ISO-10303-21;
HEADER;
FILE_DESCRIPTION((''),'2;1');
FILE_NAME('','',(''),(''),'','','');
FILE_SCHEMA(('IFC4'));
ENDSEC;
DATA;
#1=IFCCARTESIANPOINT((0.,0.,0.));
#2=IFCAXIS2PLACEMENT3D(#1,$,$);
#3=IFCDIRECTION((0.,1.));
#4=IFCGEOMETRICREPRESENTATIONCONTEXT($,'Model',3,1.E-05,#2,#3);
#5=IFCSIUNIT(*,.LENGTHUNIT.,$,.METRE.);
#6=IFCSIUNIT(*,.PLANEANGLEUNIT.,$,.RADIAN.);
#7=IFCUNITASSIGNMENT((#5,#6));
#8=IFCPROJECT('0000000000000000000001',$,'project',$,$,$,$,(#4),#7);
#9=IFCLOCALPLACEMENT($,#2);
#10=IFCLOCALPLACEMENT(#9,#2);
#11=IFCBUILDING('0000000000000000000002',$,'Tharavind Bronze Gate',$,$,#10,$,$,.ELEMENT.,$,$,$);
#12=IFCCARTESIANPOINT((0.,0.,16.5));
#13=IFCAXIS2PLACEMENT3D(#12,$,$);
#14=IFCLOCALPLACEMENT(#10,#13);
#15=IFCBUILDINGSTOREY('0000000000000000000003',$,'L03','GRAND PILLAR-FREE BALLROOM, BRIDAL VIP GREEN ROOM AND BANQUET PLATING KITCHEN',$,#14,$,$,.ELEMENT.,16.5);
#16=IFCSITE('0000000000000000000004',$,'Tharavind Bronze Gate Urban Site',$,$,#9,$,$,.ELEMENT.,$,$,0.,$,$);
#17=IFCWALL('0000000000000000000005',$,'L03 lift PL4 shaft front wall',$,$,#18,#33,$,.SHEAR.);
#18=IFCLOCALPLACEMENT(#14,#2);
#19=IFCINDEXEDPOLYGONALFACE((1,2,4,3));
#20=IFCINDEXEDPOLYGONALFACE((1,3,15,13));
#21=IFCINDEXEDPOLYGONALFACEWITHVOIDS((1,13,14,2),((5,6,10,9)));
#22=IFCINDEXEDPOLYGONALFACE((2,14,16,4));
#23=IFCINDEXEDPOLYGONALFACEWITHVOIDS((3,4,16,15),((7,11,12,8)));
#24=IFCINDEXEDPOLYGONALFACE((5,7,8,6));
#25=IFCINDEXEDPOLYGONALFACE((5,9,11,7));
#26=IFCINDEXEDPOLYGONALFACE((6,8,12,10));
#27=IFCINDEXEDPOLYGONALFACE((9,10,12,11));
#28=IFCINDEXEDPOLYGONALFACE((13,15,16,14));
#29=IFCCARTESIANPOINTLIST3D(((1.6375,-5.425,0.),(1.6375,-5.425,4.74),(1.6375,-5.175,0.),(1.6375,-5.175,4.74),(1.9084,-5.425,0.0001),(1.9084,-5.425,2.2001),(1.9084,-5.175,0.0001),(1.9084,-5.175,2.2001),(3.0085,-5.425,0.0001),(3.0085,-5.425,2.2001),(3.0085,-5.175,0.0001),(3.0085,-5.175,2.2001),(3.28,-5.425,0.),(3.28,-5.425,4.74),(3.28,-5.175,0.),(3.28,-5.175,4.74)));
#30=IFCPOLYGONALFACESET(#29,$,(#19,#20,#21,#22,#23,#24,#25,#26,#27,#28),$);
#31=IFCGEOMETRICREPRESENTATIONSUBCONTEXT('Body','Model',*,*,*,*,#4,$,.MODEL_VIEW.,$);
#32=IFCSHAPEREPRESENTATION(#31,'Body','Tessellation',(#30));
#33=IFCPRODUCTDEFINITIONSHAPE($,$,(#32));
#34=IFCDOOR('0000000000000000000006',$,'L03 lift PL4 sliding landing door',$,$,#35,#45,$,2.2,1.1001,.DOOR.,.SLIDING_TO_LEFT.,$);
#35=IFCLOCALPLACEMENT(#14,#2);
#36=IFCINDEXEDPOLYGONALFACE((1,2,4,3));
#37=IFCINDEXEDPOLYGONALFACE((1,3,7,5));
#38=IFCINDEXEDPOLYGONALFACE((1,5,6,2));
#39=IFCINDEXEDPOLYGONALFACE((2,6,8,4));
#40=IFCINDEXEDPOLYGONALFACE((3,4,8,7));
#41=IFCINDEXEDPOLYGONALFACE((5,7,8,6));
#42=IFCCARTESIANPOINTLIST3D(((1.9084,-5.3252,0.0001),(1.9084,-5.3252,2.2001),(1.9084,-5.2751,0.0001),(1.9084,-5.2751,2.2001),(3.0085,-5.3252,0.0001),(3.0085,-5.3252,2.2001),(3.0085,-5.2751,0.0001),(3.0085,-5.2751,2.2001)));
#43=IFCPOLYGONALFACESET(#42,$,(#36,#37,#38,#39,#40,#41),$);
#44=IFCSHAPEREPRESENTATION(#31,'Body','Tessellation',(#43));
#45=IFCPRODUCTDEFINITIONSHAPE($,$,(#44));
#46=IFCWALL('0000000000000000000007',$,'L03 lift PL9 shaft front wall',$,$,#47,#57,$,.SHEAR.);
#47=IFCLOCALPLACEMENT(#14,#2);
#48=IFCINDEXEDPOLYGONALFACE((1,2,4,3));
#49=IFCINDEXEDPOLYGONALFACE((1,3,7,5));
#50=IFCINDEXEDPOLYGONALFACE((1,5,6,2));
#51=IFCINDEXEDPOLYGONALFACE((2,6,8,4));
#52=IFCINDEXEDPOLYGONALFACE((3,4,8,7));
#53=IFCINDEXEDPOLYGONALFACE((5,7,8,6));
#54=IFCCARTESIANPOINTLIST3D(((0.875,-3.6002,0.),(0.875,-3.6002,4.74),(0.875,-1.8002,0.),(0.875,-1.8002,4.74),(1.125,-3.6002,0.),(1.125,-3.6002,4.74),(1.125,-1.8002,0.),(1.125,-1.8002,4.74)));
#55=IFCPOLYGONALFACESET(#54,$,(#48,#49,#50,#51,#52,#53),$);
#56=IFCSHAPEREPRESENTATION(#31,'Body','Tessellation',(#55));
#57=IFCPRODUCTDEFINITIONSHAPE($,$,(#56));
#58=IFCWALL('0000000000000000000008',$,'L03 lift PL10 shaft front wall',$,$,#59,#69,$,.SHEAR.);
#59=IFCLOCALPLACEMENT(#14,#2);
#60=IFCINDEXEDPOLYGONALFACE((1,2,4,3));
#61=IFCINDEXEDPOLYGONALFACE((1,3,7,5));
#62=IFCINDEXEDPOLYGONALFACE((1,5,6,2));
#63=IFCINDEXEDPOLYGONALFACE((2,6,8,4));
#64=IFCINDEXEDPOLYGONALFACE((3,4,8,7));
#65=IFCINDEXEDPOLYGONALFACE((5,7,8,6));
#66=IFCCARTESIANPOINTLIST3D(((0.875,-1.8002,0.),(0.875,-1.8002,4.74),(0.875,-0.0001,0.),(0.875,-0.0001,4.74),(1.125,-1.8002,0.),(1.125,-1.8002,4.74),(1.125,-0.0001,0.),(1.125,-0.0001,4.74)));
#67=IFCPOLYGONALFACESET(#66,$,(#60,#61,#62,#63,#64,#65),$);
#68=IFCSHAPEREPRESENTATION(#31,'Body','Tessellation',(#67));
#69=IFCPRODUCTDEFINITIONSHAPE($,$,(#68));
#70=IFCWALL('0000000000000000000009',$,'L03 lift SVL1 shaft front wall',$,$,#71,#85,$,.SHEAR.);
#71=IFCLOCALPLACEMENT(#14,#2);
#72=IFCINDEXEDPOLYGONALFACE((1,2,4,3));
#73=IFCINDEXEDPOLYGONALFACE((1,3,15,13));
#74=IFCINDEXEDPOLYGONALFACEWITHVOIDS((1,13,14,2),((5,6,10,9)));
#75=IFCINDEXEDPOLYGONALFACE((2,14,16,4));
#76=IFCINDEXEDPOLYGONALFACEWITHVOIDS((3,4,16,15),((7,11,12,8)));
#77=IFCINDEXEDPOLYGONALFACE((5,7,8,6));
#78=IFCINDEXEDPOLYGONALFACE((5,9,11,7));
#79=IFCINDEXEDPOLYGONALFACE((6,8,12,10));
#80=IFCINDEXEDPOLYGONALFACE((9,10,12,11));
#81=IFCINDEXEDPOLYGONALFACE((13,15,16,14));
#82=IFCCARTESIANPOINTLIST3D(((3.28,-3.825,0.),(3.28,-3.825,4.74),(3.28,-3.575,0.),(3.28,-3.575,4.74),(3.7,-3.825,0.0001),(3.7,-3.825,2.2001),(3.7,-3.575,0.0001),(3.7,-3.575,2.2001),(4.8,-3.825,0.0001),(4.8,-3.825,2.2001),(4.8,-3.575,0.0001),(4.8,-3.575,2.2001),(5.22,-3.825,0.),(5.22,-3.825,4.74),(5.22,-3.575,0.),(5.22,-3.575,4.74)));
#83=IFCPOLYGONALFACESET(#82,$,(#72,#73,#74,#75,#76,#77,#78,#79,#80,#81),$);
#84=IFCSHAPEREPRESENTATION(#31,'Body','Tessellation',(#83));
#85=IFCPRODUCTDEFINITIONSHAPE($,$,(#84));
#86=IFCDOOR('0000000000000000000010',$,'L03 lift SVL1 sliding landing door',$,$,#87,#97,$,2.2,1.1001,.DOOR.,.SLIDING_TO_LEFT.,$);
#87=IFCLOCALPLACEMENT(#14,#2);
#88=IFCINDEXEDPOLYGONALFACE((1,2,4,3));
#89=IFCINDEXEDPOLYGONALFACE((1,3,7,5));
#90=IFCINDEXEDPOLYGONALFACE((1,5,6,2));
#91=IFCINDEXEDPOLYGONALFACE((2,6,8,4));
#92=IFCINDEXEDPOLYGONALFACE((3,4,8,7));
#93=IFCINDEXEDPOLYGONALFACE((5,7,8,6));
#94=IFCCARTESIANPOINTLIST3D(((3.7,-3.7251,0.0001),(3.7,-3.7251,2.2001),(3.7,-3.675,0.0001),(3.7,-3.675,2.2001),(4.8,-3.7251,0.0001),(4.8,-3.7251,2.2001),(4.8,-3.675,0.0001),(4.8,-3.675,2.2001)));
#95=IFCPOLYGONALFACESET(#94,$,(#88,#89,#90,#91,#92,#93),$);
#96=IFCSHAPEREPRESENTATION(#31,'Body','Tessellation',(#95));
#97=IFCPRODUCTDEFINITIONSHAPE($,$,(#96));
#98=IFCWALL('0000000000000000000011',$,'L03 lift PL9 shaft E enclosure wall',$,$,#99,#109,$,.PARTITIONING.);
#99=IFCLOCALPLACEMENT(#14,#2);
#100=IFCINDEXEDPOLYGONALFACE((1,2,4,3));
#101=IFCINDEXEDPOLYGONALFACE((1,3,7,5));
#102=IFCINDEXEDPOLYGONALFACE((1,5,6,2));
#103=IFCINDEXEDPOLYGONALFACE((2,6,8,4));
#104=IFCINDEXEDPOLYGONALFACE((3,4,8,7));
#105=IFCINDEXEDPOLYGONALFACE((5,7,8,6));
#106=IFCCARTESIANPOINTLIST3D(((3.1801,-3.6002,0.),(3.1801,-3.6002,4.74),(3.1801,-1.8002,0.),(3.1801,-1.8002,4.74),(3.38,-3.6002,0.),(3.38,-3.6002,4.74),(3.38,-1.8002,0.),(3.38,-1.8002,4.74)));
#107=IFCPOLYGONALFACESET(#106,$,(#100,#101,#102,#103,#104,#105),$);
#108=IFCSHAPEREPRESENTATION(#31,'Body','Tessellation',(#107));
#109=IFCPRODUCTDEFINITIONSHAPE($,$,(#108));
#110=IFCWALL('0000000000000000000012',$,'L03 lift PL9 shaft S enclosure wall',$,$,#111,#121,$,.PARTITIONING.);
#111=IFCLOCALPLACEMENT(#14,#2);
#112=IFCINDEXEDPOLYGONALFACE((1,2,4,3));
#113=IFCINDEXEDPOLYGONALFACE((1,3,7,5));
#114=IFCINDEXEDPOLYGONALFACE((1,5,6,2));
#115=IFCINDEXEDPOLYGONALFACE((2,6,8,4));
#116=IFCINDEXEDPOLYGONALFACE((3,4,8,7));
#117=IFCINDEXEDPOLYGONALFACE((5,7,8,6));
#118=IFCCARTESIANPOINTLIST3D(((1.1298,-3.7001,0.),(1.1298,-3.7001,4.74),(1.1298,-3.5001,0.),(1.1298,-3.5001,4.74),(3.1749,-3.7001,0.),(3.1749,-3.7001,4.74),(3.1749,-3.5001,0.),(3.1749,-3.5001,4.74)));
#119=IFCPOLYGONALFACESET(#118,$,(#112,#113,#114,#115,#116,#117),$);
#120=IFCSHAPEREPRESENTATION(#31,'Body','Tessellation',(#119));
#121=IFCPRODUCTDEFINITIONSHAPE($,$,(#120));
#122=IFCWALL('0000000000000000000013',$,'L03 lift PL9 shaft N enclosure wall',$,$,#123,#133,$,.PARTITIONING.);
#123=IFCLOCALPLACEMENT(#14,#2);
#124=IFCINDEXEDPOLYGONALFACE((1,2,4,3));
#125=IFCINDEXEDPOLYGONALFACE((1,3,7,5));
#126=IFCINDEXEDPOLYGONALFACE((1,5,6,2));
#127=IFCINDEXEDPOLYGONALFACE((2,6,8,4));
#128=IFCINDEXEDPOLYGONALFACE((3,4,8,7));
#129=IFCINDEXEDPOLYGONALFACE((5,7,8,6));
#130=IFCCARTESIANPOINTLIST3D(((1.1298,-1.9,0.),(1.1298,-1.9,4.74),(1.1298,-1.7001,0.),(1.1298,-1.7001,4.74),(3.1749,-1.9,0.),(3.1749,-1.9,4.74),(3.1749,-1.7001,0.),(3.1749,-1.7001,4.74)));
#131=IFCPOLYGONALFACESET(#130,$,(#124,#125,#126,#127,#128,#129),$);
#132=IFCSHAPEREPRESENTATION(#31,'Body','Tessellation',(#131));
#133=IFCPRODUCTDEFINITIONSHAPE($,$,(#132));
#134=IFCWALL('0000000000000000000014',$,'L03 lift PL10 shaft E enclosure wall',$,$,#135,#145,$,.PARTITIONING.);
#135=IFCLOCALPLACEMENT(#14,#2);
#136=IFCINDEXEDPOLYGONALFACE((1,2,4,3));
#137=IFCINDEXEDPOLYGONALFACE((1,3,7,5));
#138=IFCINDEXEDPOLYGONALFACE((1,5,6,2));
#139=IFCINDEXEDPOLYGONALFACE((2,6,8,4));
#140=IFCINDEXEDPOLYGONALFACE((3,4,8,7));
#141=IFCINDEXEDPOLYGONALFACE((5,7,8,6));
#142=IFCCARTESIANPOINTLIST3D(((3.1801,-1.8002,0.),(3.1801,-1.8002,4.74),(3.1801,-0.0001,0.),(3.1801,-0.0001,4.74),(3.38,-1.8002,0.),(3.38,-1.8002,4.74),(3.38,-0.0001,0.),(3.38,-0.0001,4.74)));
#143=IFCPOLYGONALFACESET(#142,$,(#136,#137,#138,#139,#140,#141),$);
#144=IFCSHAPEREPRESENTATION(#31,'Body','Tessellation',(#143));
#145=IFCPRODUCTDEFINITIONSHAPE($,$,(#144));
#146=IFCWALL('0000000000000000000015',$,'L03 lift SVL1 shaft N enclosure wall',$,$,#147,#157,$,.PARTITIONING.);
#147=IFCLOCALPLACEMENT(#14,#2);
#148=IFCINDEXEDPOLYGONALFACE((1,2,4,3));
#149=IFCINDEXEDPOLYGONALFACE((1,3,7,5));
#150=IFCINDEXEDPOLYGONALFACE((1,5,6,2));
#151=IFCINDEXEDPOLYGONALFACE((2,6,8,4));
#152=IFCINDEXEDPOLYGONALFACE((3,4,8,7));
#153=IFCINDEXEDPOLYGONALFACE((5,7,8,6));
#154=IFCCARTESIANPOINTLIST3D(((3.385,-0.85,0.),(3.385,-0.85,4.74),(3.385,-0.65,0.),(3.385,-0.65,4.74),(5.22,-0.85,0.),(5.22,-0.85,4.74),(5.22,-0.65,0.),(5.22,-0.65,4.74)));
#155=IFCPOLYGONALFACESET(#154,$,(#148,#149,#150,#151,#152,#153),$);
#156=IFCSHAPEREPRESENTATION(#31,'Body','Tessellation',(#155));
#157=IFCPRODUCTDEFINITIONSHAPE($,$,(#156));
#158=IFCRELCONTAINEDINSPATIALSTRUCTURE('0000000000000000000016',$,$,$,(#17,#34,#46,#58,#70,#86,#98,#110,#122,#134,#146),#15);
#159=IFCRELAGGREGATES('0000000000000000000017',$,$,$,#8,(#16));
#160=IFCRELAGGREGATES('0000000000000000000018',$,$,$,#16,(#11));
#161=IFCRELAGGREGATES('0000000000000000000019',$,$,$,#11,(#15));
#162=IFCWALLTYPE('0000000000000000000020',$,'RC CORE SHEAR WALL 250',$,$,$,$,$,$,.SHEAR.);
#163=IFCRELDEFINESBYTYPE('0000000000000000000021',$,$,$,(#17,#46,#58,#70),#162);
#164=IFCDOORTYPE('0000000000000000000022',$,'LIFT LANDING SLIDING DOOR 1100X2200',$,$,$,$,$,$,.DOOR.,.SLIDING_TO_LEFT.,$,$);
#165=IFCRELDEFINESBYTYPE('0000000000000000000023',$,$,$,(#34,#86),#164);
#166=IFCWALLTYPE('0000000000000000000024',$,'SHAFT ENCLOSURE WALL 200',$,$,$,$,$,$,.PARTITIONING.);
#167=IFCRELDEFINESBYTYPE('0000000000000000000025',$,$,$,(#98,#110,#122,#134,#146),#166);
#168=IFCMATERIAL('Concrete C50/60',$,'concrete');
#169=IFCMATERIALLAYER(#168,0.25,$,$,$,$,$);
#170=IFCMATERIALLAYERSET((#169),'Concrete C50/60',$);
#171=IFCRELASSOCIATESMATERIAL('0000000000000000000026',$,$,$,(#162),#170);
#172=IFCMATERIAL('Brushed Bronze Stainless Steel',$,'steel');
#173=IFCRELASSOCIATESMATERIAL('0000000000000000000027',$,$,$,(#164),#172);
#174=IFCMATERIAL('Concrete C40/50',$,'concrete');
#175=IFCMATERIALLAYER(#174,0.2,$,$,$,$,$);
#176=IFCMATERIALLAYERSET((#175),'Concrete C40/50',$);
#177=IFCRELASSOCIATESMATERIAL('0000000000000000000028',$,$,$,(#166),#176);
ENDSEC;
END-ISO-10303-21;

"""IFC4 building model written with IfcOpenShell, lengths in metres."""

from ifc_helpers import new_model, si_unit, direction, frame, frame_2d, origin, place, context, subcontext, project, spatial, rectangle, extrude, material, layer, layer_set, type_object, element, fill, save


model = new_model("IFC4")

# Units and contexts
model_context = context("Model", 3, precision=1e-05, world=origin(), true_north=direction((0.0, 1.0)))
body_context = subcontext(model_context, "Body", "Model", "MODEL_VIEW")
ifc_project = project(units=[si_unit("LENGTHUNIT", "METRE"), si_unit("PLANEANGLEUNIT", "RADIAN")], contexts=[model_context])

# Site, building, storey
site_placement = place(None, origin())
site = spatial("IfcSite", under=ifc_project, at=site_placement, Name="Tharavind Bronze Gate Urban Site", CompositionType="ELEMENT", RefElevation=0.0)
building_placement = place(site_placement, origin())
building = spatial("IfcBuilding", under=site, at=building_placement, Name="Tharavind Bronze Gate", CompositionType="ELEMENT")
storey_placement = place(building_placement, frame((0.0, 0.0, 16.5)))
storey = spatial("IfcBuildingStorey", under=building, at=storey_placement, Name="L03", Description="GRAND PILLAR-FREE BALLROOM, BRIDAL VIP GREEN ROOM AND BANQUET PLATING KITCHEN", CompositionType="ELEMENT", Elevation=16.5)

# Shared definitions
ifc_material_1 = material(Name="Concrete C40/50", Category="concrete")

# Shared definitions
ifc_material_2 = material(Name="Concrete C50/60", Category="concrete")
ifc_layer_1 = layer(ifc_material_2, 0.25)
ifc_layer_set_1 = layer_set([ifc_layer_1], Name="Concrete C50/60")
wall_type_1 = type_object("IfcWallType", Name="RC CORE SHEAR WALL 250", PredefinedType="SHEAR", material=ifc_layer_set_1)

# Wall, opening, door
wall_1_placement = place(storey_placement, frame((1.6375, -5.3, 0.0), z_axis=(0.0, 0.0, 1.0), x_axis=(1.0, 0.0, 0.0)))
wall_1 = element("IfcWall", 1, at=wall_1_placement, inside=storey, type_object=wall_type_1, Name="L03 lift PL4 shaft front wall", PredefinedType="SHEAR", context=body_context, shape_type="SweptSolid", body=[
    extrude(rectangle(XDim=1.6426, YDim=0.25, at=frame_2d((0.8213, 0.0))), origin(), (0.0, 0.0, 1.0), 4.74),
])
opening_1_placement = place(wall_1_placement, frame((0.271, 0.0, 0.0)))
opening_1 = element("IfcOpeningElement", 2, at=opening_1_placement, cuts=wall_1, PredefinedType="OPENING", context=body_context, shape_type="SweptSolid", body=[
    extrude(rectangle(XDim=1.1001, YDim=2.2, at=frame_2d((0.55, 1.1001))), frame((0.0, 0.135, 0.0), z_axis=(0.0, -1.0, 0.0), x_axis=(1.0, 0.0, 0.0)), (0.0, 0.0, 1.0), 0.27),
])
ifc_material_3 = material(Name="Brushed Bronze Stainless Steel", Category="steel")
door_type = type_object("IfcDoorType", Name="LIFT LANDING SLIDING DOOR 1100X2200", OperationType="SLIDING_TO_LEFT", PredefinedType="DOOR", material=ifc_material_3)
door_1_placement = place(opening_1_placement, origin())
door_1 = element("IfcDoor", 3, at=door_1_placement, inside=storey, type_object=door_type, Name="L03 lift PL4 sliding landing door", OperationType="SLIDING_TO_LEFT", OverallHeight=2.2, OverallWidth=1.1001, PredefinedType="DOOR", context=body_context, shape_type="SweptSolid", body=[
    extrude(rectangle(XDim=1.1001, YDim=2.2, at=frame_2d((0.55, 1.1001))), frame((0.0, 0.0249, 0.0), z_axis=(0.0, -1.0, 0.0), x_axis=(1.0, 0.0, 0.0)), (0.0, 0.0, 1.0), 0.05),
])
fill(opening_1, door_1)

# Walls
for number, where, z_axis, x_axis, name in (
    (4, (1.0, -3.6001, 0.0), (0.0, 0.0, 1.0), (0.0, 1.0, 0.0), "L03 lift PL9 shaft front wall"),
    (5, (1.0, -1.8, 0.0), (0.0, 0.0, 1.0), (0.0, 1.0, 0.0), "L03 lift PL10 shaft front wall"),
):
    element("IfcWall", number, at=place(storey_placement, frame(where, z_axis=z_axis, x_axis=x_axis)), inside=storey, type_object=wall_type_1, Name=name, PredefinedType="SHEAR", context=body_context, shape_type="SweptSolid", body=[
        extrude(rectangle(XDim=1.8, YDim=0.25, at=frame_2d((0.8999, 0.0))), origin(), (0.0, 0.0, 1.0), 4.74),
    ])

# Wall, opening, door
wall_2_placement = place(storey_placement, frame((3.28, -3.7, 0.0), z_axis=(0.0, 0.0, 1.0), x_axis=(1.0, 0.0, 0.0)))
wall_2 = element("IfcWall", 6, at=wall_2_placement, inside=storey, type_object=wall_type_1, Name="L03 lift SVL1 shaft front wall", PredefinedType="SHEAR", context=body_context, shape_type="SweptSolid", body=[
    extrude(rectangle(XDim=1.9399, YDim=0.25, at=frame_2d((0.97, 0.0))), origin(), (0.0, 0.0, 1.0), 4.74),
])
opening_2_placement = place(wall_2_placement, frame((0.4199, 0.0, 0.0)))
opening_2 = element("IfcOpeningElement", 7, at=opening_2_placement, cuts=wall_2, PredefinedType="OPENING", context=body_context, shape_type="SweptSolid", body=[
    extrude(rectangle(XDim=1.1001, YDim=2.2, at=frame_2d((0.55, 1.1001))), frame((0.0, 0.135, 0.0), z_axis=(0.0, -1.0, 0.0), x_axis=(1.0, 0.0, 0.0)), (0.0, 0.0, 1.0), 0.27),
])
door_2_placement = place(opening_2_placement, origin())
door_2 = element("IfcDoor", 8, at=door_2_placement, inside=storey, type_object=door_type, Name="L03 lift SVL1 sliding landing door", OperationType="SLIDING_TO_LEFT", OverallHeight=2.2, OverallWidth=1.1001, PredefinedType="DOOR", context=body_context, shape_type="SweptSolid", body=[
    extrude(rectangle(XDim=1.1001, YDim=2.2, at=frame_2d((0.55, 1.1001))), frame((0.0, 0.0249, 0.0), z_axis=(0.0, -1.0, 0.0), x_axis=(1.0, 0.0, 0.0)), (0.0, 0.0, 1.0), 0.05),
])
fill(opening_2, door_2)

# Walls
ifc_layer_2 = layer(ifc_material_1, 0.2)
ifc_layer_set_2 = layer_set([ifc_layer_2], Name="Concrete C40/50")
wall_type_2 = type_object("IfcWallType", Name="SHAFT ENCLOSURE WALL 200", PredefinedType="PARTITIONING", material=ifc_layer_set_2)
wall_3_placement = place(storey_placement, frame((3.28, -3.6001, 0.0), z_axis=(0.0, 0.0, 1.0), x_axis=(0.0, 1.0, 0.0)))
element("IfcWall", 9, at=wall_3_placement, inside=storey, type_object=wall_type_2, Name="L03 lift PL9 shaft E enclosure wall", PredefinedType="PARTITIONING", context=body_context, shape_type="SweptSolid", body=[
    extrude(rectangle(XDim=1.8, YDim=0.2, at=frame_2d((0.8999, 0.0))), origin(), (0.0, 0.0, 1.0), 4.74),
])
for number, where, z_axis, x_axis, name in (
    (10, (1.1299, -3.6001, 0.0), (0.0, 0.0, 1.0), (1.0, 0.0, 0.0), "L03 lift PL9 shaft S enclosure wall"),
    (11, (1.1299, -1.8, 0.0), (0.0, 0.0, 1.0), (1.0, 0.0, 0.0), "L03 lift PL9 shaft N enclosure wall"),
):
    element("IfcWall", number, at=place(storey_placement, frame(where, z_axis=z_axis, x_axis=x_axis)), inside=storey, type_object=wall_type_2, Name=name, PredefinedType="PARTITIONING", context=body_context, shape_type="SweptSolid", body=[
        extrude(rectangle(XDim=2.0452, YDim=0.2, at=frame_2d((1.0225, 0.0))), origin(), (0.0, 0.0, 1.0), 4.74),
    ])
wall_4_placement = place(storey_placement, frame((3.28, -1.8, 0.0), z_axis=(0.0, 0.0, 1.0), x_axis=(0.0, 1.0, 0.0)))
element("IfcWall", 12, at=wall_4_placement, inside=storey, type_object=wall_type_2, Name="L03 lift PL10 shaft E enclosure wall", PredefinedType="PARTITIONING", context=body_context, shape_type="SweptSolid", body=[
    extrude(rectangle(XDim=1.8, YDim=0.2, at=frame_2d((0.8999, 0.0))), origin(), (0.0, 0.0, 1.0), 4.74),
])
wall_5_placement = place(storey_placement, frame((3.385, -0.75, 0.0), z_axis=(0.0, 0.0, 1.0), x_axis=(1.0, 0.0, 0.0)))
element("IfcWall", 13, at=wall_5_placement, inside=storey, type_object=wall_type_2, Name="L03 lift SVL1 shaft N enclosure wall", PredefinedType="PARTITIONING", context=body_context, shape_type="SweptSolid", body=[
    extrude(rectangle(XDim=1.835, YDim=0.2, at=frame_2d((0.9175, 0.0))), origin(), (0.0, 0.0, 1.0), 4.74),
])

save(model, "model.ifc")
